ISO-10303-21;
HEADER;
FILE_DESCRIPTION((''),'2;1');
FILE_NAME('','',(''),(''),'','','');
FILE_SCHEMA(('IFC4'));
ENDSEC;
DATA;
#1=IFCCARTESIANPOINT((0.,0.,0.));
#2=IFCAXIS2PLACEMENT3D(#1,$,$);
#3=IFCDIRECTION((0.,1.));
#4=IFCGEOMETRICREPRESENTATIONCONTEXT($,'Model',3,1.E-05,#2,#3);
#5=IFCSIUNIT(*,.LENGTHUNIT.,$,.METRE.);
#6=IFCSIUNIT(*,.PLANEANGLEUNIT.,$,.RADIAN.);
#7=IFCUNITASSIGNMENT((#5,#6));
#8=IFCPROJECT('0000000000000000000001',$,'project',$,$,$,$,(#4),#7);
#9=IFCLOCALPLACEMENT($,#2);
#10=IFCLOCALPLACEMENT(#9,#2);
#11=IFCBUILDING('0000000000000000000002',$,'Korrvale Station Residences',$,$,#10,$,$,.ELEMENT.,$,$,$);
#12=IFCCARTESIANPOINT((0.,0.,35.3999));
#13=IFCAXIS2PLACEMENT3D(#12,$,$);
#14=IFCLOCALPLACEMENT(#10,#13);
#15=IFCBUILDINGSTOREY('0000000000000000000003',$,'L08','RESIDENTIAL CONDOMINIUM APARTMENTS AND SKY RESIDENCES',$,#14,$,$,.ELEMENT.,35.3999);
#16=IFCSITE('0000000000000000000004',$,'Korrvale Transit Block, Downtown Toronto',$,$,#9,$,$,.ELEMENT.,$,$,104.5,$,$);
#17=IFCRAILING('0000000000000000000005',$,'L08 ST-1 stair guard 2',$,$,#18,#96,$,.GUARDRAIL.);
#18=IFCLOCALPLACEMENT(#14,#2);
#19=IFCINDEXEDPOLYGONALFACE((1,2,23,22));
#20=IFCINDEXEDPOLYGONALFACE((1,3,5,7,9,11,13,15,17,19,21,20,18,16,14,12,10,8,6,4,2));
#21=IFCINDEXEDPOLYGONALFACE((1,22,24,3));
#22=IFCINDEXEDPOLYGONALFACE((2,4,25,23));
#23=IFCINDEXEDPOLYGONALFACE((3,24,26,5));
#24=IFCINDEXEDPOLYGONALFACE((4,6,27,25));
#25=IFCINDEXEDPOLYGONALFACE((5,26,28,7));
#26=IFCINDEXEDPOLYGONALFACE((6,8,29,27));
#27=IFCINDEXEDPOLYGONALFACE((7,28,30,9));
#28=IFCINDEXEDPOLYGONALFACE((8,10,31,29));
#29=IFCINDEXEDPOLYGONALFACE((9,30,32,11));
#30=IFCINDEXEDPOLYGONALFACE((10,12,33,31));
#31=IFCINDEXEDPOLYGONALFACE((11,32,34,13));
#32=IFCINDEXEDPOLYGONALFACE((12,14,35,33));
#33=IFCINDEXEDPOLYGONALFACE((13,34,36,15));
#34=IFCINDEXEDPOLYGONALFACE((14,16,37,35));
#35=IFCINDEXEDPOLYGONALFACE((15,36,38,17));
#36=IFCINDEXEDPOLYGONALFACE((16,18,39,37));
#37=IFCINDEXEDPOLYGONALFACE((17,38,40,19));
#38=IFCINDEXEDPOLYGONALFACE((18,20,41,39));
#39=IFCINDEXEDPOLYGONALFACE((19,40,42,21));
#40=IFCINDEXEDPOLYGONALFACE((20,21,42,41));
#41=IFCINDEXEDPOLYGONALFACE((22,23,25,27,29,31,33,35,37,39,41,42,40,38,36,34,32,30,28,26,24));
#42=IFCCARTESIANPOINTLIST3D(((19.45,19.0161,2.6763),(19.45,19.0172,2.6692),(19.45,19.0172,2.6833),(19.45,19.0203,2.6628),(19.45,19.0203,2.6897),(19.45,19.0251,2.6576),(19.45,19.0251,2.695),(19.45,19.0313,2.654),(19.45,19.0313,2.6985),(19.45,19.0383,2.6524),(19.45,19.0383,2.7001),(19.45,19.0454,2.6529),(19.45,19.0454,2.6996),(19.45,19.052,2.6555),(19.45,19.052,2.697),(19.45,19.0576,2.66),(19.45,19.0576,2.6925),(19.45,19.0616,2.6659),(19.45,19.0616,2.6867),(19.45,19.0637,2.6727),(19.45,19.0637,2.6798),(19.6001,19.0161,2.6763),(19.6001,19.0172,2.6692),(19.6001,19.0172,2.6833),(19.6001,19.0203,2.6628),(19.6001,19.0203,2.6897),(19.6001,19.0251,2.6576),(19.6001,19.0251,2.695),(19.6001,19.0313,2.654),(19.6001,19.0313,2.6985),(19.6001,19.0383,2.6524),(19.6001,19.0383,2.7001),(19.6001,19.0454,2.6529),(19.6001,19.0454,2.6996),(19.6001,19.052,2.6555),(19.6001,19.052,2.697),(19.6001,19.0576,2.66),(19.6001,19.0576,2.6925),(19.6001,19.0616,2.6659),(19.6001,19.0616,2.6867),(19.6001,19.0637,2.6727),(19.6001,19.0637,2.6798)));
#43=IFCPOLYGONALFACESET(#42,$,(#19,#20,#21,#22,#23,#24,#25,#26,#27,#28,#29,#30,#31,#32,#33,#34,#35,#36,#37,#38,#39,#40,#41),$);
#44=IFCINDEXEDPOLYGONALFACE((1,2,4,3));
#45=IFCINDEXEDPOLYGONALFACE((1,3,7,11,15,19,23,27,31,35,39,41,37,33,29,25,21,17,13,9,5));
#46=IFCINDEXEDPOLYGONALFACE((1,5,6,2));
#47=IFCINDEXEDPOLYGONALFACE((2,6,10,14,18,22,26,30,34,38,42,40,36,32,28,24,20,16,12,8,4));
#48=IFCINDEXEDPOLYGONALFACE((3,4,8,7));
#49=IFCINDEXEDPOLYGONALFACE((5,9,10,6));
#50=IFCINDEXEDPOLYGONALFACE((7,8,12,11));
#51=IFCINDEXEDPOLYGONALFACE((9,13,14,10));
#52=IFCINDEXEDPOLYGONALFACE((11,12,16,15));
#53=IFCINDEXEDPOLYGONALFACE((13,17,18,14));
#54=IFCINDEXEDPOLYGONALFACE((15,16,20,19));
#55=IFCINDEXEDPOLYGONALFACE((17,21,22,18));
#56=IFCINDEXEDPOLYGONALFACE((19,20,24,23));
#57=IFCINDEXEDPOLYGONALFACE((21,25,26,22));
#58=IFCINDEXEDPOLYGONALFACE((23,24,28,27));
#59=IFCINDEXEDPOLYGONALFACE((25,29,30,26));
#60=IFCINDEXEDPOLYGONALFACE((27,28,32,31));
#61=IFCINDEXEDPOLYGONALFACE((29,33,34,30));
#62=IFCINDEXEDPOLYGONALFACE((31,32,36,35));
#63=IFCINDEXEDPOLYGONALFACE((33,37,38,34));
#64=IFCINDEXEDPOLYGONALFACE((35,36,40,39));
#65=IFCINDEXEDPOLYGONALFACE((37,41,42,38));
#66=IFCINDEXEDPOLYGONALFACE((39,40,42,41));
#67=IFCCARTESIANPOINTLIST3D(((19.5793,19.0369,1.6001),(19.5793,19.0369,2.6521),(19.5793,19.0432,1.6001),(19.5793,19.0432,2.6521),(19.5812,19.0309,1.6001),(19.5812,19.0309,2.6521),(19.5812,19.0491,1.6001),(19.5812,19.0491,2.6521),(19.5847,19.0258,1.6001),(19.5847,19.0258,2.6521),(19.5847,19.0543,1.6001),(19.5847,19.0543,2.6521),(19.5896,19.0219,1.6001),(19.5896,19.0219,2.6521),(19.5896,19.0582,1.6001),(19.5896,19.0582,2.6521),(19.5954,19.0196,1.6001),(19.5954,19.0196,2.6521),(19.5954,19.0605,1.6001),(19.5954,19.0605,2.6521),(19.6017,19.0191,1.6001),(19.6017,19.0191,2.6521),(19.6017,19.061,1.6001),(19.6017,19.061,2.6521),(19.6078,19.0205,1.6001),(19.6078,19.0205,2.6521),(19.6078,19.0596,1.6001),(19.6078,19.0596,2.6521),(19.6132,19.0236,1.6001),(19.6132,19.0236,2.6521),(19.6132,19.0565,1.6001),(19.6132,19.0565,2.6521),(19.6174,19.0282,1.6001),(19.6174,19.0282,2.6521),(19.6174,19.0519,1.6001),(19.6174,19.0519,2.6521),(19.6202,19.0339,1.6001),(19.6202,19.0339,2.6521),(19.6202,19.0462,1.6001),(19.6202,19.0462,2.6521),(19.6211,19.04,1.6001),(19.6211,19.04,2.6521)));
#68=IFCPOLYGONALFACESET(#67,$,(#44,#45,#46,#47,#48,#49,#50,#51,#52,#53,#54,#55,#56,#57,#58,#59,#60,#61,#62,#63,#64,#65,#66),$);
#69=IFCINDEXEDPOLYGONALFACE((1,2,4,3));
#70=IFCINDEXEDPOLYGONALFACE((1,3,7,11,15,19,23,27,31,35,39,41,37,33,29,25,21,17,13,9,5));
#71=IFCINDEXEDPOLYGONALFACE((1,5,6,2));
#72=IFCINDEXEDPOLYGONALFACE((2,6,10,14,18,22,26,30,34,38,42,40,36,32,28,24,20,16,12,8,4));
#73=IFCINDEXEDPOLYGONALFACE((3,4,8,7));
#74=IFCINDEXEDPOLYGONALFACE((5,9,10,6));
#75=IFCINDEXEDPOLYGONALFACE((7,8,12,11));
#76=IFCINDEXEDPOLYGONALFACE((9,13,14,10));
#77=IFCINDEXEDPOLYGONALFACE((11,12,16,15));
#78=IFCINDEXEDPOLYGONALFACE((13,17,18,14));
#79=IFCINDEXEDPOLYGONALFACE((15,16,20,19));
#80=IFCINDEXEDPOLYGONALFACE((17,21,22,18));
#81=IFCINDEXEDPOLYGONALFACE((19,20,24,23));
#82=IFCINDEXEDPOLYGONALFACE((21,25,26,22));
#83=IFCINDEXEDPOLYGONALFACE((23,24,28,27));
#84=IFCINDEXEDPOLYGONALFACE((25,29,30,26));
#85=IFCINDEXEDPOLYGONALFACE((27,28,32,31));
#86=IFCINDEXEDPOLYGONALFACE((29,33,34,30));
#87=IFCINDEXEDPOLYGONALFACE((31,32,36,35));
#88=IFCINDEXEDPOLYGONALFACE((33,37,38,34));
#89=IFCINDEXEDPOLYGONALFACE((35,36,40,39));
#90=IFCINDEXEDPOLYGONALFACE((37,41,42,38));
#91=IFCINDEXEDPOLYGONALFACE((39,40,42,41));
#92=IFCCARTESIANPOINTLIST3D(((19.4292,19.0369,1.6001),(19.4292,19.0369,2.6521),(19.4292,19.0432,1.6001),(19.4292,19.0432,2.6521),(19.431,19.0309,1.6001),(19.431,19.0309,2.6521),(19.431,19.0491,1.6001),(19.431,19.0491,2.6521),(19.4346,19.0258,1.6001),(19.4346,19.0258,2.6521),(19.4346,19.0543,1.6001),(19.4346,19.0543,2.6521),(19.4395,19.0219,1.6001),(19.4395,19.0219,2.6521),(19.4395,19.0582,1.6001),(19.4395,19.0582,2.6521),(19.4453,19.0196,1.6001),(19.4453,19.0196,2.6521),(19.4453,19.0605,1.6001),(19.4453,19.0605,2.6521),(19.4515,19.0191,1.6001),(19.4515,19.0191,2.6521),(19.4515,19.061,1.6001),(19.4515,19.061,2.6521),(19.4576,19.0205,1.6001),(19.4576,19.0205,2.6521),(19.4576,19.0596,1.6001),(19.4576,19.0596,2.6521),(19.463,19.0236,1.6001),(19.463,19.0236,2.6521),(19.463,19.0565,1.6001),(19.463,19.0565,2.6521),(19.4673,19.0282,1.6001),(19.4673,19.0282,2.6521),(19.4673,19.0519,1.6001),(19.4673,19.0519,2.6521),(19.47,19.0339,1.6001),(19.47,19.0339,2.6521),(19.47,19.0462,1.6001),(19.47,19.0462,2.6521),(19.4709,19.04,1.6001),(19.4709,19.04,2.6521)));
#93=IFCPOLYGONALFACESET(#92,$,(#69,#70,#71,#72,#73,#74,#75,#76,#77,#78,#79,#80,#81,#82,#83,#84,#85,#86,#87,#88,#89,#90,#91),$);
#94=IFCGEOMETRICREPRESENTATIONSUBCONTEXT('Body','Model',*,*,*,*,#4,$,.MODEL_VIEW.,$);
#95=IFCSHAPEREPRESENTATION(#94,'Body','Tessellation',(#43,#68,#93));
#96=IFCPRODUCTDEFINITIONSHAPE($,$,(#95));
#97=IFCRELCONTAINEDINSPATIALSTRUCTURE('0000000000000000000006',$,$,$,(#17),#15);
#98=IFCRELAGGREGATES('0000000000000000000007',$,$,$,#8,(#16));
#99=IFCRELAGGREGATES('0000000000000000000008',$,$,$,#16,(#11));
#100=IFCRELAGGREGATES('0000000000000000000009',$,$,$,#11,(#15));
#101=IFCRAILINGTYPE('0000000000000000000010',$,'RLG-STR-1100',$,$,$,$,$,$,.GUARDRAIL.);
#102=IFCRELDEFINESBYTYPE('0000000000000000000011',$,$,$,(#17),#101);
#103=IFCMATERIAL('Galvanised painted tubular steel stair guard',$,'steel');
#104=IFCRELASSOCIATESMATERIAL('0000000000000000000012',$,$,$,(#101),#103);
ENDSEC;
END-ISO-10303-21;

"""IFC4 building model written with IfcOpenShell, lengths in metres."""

from ifc_helpers import new_model, si_unit, direction, frame, origin, origin_2d, place, context, subcontext, project, spatial, circle, extrude, material, type_object, element, save


model = new_model("IFC4")

# Units and contexts
model_context = context("Model", 3, precision=1e-05, world=origin(), true_north=direction((0.0, 1.0)))
body_context = subcontext(model_context, "Body", "Model", "MODEL_VIEW")
ifc_project = project(units=[si_unit("LENGTHUNIT", "METRE"), si_unit("PLANEANGLEUNIT", "RADIAN")], contexts=[model_context])

# Site, building, storey
site_placement = place(None, origin())
site = spatial("IfcSite", under=ifc_project, at=site_placement, Name="Korrvale Transit Block, Downtown Toronto", CompositionType="ELEMENT", RefElevation=104.5)
building_placement = place(site_placement, origin())
building = spatial("IfcBuilding", under=site, at=building_placement, Name="Korrvale Station Residences", CompositionType="ELEMENT")
storey_placement = place(building_placement, frame((0.0, 0.0, 35.3999)))
storey = spatial("IfcBuildingStorey", under=building, at=storey_placement, Name="L08", Description="RESIDENTIAL CONDOMINIUM APARTMENTS AND SKY RESIDENCES", CompositionType="ELEMENT", Elevation=35.3999)

# Railing
ifc_material_1 = material(Name="Galvanised painted tubular steel stair guard", Category="steel")
railing_type_1 = type_object("IfcRailingType", Name="RLG-STR-1100", PredefinedType="GUARDRAIL", material=ifc_material_1)
railing_1_placement = place(storey_placement, frame((19.6001, 19.04, 1.6001)))
element("IfcRailing", 1, at=railing_1_placement, inside=storey, type_object=railing_type_1, Name="L08 ST-1 stair guard 2", PredefinedType="GUARDRAIL", context=body_context, shape_type="SweptSolid", body=[
    extrude(circle(Radius=0.0239, at=origin_2d()), frame((0.0, 0.0, 1.0762), z_axis=(-1.0, 0.0, 0.0), x_axis=(0.0, -1.0, 0.0)), (0.0, 0.0, 1.0), 0.1501),
    extrude(circle(Radius=0.021, at=origin_2d()), origin(), (0.0, 0.0, 1.0), 1.052),
    extrude(circle(Radius=0.021, at=origin_2d()), frame((-0.1501, 0.0, 0.0)), (0.0, 0.0, 1.0), 1.052),
])

save(model, "model.ifc")
